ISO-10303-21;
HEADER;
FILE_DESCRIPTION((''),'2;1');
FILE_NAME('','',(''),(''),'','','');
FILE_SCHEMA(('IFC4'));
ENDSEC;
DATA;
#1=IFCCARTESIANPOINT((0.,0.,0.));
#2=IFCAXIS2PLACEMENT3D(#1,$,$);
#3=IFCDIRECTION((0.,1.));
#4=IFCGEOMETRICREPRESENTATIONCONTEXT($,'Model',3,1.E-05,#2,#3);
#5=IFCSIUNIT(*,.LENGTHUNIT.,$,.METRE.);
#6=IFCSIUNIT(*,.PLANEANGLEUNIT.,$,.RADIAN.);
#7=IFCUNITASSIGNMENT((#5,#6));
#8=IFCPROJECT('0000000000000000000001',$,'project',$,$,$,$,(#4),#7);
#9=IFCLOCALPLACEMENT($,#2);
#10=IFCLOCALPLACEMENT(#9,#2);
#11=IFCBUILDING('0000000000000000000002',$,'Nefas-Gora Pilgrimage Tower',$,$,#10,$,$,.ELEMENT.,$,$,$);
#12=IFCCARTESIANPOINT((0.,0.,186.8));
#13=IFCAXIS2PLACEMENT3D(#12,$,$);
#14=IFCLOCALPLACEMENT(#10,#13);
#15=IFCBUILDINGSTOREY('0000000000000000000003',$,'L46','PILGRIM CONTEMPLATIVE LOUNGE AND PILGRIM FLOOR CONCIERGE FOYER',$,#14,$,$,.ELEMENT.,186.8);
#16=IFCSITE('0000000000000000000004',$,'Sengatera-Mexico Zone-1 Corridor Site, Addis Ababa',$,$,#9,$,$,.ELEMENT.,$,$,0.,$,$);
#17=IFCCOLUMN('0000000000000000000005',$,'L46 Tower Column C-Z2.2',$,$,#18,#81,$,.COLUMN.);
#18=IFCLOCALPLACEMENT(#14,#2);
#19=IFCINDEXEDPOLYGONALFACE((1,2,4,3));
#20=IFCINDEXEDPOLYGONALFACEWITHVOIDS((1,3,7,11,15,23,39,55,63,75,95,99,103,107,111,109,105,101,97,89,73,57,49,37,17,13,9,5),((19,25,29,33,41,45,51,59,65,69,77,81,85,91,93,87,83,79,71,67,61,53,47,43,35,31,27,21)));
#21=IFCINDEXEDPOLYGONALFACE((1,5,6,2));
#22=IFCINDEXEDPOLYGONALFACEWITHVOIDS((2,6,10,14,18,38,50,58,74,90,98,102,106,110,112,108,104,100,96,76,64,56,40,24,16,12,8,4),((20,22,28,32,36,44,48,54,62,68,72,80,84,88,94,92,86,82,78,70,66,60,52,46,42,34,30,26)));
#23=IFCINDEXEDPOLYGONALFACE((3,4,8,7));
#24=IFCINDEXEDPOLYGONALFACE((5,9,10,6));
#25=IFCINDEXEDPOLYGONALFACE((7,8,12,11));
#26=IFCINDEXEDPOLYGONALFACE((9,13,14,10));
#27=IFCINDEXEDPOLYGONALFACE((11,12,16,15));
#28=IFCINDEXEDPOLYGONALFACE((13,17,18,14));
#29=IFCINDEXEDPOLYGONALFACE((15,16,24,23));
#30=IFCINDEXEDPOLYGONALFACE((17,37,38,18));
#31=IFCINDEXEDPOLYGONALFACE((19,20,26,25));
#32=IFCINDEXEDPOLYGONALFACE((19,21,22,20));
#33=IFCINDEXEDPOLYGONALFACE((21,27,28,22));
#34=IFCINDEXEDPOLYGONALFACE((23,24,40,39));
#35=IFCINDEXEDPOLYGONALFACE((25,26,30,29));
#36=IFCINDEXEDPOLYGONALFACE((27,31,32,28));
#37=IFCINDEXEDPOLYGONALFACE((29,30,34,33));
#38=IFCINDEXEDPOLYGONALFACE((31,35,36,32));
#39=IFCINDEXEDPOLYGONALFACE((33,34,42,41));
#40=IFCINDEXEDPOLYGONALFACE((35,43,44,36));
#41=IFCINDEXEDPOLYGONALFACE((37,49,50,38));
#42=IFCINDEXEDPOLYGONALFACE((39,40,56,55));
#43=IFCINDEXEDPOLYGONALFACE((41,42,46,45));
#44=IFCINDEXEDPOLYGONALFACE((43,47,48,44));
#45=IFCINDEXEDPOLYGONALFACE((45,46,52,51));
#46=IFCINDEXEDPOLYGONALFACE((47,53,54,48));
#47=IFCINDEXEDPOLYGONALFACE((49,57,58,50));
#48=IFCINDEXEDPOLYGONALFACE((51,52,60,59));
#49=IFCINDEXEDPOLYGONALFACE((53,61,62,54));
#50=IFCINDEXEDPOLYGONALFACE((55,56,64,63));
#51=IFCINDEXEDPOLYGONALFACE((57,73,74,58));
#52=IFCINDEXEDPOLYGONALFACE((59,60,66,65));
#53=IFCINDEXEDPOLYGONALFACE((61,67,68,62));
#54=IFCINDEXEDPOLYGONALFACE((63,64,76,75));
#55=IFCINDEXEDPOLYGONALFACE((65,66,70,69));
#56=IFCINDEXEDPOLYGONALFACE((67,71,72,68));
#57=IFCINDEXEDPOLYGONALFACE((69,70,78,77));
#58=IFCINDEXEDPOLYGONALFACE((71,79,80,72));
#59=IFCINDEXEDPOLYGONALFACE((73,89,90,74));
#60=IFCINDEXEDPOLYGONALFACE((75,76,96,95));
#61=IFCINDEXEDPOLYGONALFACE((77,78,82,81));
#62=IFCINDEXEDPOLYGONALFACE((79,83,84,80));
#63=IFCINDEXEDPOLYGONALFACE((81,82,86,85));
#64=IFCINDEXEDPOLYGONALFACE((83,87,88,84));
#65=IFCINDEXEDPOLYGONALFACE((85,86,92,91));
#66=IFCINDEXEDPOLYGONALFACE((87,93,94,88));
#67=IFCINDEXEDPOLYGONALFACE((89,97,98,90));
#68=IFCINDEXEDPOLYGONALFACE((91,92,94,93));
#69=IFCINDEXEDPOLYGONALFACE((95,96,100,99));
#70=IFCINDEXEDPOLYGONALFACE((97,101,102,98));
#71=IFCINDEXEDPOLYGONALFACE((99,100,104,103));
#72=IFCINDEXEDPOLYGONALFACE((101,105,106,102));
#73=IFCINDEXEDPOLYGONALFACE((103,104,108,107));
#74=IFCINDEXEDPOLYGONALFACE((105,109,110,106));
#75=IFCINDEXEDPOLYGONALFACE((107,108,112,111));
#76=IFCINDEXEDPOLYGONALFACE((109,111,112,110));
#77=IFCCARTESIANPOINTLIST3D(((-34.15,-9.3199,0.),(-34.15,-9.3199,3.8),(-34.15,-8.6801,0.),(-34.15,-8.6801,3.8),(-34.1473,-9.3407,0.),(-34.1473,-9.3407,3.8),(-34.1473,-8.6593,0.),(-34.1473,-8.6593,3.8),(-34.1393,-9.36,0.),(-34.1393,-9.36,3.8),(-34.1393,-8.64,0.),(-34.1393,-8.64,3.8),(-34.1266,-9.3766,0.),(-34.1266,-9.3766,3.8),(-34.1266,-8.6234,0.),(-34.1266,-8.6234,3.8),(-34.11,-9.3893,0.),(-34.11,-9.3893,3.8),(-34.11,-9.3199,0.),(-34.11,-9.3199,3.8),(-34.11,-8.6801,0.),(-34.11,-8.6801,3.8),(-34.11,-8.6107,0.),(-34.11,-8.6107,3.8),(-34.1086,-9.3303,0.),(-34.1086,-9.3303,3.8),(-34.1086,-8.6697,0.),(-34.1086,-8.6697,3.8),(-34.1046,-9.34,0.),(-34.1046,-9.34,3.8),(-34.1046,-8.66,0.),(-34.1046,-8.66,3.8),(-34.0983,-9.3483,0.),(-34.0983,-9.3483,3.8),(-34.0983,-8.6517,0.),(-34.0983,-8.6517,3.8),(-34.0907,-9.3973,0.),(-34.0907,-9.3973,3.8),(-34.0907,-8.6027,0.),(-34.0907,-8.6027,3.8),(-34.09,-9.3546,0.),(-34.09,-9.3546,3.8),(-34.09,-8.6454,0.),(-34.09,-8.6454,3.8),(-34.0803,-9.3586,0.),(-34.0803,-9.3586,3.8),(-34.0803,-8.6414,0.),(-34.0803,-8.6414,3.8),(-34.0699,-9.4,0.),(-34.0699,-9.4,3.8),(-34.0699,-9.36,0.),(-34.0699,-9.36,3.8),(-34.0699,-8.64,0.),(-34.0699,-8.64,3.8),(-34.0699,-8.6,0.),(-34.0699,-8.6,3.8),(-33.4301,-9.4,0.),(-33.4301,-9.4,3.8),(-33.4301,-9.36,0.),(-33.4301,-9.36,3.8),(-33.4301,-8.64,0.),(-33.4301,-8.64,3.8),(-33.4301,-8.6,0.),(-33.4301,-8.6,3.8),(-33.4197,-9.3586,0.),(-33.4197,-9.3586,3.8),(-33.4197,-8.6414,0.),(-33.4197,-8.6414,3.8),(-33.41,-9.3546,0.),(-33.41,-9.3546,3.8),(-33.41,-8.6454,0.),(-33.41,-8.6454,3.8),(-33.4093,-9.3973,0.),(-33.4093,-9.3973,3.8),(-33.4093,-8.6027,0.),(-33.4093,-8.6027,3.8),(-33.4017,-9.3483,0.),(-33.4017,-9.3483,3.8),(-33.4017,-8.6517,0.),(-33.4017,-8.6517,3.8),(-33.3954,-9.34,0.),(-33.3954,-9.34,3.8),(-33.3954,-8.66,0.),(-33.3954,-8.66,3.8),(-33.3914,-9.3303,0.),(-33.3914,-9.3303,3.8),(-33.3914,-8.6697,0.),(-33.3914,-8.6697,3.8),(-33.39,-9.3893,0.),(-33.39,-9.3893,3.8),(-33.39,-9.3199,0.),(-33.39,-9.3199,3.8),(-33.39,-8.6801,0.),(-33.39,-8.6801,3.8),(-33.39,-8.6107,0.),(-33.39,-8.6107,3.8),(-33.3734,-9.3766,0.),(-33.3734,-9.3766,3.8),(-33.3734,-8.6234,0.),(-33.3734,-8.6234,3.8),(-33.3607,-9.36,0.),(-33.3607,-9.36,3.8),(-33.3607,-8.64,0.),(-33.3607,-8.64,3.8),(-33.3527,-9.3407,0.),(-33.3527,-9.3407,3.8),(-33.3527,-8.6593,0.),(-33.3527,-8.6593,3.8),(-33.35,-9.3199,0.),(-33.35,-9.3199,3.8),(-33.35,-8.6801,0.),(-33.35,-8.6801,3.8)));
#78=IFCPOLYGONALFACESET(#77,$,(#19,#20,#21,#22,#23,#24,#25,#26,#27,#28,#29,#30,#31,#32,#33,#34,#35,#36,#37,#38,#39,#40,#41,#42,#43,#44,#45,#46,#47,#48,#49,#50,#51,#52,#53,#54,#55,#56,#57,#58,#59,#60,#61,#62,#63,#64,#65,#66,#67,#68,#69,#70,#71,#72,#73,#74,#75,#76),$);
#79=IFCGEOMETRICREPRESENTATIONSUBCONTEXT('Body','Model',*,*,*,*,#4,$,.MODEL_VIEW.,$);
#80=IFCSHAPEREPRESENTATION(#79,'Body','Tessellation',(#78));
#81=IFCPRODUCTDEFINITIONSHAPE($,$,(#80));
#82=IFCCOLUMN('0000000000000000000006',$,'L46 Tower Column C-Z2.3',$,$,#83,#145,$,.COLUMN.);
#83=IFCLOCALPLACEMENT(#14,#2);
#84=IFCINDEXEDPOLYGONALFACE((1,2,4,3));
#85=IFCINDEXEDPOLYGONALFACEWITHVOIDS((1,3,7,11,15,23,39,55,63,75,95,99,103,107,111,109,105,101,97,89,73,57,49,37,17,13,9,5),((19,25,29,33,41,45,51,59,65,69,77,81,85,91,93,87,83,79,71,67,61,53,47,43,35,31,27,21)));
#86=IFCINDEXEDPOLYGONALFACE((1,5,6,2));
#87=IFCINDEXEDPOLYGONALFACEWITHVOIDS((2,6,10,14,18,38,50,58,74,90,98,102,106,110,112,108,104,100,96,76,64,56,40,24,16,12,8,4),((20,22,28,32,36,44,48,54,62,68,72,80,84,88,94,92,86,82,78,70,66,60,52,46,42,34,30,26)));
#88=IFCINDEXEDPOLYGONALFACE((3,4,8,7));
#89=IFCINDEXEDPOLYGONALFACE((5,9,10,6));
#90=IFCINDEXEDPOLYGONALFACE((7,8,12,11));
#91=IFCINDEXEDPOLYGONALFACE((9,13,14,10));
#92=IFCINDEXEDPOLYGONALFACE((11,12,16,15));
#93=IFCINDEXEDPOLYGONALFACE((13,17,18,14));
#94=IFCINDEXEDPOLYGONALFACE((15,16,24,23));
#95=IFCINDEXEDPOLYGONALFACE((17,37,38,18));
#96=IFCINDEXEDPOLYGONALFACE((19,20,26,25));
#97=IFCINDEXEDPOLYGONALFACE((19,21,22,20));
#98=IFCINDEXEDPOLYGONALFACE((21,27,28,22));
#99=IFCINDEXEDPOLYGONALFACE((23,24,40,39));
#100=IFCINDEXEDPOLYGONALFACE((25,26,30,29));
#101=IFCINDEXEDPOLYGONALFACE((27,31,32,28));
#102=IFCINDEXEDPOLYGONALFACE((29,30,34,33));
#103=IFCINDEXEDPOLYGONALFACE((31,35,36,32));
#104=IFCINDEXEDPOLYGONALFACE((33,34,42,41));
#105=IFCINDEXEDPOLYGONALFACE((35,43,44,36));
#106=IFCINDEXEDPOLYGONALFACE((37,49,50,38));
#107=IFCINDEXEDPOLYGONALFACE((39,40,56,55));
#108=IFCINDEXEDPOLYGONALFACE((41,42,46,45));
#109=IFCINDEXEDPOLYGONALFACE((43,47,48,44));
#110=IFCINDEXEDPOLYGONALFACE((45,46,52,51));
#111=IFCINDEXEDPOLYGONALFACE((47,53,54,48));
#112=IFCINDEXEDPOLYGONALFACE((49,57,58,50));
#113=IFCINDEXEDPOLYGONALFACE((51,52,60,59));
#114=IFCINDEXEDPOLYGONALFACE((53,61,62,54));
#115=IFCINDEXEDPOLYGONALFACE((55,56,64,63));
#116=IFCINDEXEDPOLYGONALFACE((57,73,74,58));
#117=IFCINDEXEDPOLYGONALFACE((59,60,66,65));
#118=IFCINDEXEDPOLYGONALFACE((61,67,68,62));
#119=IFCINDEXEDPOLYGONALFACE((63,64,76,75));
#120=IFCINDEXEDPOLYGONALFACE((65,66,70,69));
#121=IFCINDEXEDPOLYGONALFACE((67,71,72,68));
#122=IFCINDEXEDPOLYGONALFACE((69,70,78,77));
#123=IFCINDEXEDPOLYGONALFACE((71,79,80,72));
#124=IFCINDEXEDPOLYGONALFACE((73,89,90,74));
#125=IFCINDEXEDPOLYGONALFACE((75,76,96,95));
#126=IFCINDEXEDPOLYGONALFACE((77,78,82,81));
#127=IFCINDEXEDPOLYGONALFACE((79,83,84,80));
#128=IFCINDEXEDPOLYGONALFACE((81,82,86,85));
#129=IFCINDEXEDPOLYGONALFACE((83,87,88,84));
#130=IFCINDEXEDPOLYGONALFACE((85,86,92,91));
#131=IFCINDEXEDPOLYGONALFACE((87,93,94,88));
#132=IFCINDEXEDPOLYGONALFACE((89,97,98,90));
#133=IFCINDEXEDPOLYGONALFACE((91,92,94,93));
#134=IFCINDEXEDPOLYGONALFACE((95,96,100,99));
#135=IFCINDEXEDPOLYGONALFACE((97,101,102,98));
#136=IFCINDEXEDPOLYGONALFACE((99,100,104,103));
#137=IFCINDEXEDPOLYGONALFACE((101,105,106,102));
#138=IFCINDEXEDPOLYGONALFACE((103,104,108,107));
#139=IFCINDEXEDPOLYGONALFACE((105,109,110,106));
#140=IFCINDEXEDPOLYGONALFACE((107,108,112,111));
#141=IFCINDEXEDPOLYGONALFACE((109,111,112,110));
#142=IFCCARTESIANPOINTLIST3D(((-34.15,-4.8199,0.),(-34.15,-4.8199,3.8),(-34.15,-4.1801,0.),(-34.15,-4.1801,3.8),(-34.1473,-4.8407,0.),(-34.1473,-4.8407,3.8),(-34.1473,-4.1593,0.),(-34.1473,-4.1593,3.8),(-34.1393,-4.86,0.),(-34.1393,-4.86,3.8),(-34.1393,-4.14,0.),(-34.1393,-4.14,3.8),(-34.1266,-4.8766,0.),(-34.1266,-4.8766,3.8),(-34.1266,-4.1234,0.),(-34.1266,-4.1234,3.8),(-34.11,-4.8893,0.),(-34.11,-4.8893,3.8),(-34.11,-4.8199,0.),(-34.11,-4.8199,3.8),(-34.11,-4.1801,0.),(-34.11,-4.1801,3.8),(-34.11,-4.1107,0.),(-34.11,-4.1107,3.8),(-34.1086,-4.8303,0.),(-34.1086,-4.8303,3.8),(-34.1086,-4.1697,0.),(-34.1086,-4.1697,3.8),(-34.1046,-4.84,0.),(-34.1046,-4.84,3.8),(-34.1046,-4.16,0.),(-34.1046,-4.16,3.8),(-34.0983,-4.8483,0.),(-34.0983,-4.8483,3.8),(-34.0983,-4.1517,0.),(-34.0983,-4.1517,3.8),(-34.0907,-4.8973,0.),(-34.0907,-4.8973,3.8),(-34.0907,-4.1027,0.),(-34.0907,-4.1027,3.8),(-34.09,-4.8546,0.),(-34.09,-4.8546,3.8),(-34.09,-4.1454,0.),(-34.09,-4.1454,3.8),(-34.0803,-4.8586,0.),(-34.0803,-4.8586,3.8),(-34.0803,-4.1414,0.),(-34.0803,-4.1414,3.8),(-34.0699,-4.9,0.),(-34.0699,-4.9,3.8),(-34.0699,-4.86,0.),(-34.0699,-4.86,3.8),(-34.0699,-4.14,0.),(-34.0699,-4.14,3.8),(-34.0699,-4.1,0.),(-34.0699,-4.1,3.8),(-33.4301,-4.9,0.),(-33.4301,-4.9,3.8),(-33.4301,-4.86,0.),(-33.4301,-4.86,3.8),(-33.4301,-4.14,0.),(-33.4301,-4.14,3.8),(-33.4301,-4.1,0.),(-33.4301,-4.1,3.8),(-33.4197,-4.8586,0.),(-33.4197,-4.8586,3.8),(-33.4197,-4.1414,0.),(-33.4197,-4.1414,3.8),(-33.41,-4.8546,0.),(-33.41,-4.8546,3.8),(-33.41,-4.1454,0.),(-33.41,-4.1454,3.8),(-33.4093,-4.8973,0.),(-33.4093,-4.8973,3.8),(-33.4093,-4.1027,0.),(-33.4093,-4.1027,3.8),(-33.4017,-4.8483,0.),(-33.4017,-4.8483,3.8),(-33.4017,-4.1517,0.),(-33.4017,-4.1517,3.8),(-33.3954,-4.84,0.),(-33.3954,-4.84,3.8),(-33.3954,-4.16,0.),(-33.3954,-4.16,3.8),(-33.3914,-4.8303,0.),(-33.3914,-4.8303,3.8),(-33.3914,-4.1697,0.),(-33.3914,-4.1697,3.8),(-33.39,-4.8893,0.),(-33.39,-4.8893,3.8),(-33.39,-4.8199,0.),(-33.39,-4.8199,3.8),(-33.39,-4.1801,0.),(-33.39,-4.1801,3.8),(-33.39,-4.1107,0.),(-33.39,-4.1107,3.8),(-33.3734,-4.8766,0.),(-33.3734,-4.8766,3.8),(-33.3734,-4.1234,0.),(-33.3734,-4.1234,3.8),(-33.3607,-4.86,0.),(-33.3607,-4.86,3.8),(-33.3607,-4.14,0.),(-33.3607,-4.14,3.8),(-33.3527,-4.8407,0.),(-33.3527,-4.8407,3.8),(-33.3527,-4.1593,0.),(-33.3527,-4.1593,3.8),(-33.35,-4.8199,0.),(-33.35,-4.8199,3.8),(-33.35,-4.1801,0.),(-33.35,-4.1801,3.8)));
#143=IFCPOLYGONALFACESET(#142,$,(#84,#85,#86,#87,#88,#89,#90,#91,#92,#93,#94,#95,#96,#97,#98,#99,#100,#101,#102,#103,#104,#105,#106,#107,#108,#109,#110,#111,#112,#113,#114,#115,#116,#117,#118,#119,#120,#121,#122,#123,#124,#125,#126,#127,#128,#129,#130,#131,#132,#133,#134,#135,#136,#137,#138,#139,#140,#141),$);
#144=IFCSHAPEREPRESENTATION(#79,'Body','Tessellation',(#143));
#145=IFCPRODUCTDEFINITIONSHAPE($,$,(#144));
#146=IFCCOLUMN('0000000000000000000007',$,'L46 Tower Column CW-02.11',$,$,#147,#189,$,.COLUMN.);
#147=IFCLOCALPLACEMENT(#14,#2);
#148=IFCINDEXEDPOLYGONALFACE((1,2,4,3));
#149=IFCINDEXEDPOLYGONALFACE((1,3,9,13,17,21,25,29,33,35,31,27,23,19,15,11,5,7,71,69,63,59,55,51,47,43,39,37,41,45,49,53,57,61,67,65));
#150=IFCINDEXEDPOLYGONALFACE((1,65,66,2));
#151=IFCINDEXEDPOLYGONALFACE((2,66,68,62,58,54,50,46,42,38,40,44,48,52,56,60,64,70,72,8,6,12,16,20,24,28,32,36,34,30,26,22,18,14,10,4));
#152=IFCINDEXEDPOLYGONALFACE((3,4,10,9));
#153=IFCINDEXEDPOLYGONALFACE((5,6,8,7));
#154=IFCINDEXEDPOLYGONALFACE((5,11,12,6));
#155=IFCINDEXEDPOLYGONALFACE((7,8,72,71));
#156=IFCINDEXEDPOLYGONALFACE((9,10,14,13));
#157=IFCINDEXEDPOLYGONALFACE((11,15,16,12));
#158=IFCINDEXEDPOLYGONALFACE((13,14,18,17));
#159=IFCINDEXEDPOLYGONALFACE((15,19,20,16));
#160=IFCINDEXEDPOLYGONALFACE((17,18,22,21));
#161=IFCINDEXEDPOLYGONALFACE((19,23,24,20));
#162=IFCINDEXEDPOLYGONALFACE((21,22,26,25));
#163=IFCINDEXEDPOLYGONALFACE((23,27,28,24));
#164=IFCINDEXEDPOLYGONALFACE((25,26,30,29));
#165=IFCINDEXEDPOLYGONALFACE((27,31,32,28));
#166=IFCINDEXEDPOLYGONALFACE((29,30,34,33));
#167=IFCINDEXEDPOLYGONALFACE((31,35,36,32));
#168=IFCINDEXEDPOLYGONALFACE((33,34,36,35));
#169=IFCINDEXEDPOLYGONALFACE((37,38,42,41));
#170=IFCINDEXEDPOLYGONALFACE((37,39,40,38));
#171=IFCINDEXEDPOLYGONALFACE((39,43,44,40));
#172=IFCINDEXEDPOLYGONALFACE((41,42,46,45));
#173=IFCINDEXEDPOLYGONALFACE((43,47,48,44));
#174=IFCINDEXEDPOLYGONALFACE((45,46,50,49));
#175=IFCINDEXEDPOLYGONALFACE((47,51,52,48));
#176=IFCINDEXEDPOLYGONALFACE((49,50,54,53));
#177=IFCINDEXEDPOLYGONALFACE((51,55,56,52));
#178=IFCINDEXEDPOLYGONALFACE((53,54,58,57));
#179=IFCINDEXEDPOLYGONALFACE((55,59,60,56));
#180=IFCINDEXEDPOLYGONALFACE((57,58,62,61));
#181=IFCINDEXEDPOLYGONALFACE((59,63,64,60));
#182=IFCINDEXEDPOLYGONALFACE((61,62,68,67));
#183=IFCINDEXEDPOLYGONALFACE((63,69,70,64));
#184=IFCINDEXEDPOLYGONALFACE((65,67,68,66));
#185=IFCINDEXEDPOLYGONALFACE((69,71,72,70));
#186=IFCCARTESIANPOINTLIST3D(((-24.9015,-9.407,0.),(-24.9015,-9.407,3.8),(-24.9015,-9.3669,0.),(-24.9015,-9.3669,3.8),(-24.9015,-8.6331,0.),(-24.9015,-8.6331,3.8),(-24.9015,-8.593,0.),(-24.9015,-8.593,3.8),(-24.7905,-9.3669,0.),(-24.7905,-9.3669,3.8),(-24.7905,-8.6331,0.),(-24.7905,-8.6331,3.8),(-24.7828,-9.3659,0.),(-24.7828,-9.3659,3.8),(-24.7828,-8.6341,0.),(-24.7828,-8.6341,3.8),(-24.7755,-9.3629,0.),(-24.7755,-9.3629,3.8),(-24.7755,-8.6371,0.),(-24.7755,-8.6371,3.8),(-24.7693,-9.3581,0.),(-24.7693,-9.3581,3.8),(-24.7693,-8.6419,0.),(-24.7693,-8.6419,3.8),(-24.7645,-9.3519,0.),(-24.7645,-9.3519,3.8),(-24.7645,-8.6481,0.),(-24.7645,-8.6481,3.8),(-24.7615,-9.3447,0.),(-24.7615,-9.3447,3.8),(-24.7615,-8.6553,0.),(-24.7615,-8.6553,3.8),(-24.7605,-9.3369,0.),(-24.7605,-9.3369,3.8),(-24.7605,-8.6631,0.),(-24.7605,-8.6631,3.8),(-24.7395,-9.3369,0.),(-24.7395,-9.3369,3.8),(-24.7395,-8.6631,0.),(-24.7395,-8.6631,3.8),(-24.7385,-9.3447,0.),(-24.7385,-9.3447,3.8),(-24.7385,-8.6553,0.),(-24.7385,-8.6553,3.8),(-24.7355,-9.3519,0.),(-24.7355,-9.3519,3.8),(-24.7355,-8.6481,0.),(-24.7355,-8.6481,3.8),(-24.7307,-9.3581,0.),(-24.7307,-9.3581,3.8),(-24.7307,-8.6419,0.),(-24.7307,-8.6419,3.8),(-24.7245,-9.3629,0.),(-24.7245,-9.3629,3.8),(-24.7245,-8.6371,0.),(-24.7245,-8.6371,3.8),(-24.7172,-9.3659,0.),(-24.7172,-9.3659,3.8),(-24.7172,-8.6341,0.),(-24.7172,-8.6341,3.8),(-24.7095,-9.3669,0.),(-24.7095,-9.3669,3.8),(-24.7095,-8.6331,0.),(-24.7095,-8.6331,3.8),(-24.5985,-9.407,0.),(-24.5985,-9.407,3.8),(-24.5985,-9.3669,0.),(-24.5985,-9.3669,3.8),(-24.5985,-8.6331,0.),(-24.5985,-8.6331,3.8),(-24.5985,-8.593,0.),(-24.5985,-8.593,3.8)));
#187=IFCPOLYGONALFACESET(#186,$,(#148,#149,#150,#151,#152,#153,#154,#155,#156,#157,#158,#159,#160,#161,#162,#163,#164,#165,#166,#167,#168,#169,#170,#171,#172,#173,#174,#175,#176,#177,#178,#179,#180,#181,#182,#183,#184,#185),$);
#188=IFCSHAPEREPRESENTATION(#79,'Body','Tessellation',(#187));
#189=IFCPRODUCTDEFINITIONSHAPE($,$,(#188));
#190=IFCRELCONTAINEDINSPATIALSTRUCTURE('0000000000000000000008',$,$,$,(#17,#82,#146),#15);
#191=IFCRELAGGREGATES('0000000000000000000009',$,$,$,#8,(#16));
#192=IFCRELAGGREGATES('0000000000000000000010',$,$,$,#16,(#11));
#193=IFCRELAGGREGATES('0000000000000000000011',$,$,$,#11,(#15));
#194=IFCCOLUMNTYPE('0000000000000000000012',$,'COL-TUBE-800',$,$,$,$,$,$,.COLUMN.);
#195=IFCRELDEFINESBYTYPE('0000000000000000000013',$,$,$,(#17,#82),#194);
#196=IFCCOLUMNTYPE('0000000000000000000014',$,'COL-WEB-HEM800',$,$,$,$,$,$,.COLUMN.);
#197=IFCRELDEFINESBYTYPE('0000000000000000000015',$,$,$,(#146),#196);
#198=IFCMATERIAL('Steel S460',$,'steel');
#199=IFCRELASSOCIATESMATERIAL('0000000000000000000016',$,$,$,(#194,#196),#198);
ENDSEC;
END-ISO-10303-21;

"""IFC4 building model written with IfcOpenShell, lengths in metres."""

from ifc_helpers import new_model, si_unit, direction, frame, origin, origin_2d, place, context, subcontext, project, spatial, hollow_rectangle, i_section, extrude, source, transform, mapped, material, material_profile, profile_set, type_object, element, save


model = new_model("IFC4")

# Units and contexts
model_context = context("Model", 3, precision=1e-05, world=origin(), true_north=direction((0.0, 1.0)))
body_context = subcontext(model_context, "Body", "Model", "MODEL_VIEW")
ifc_project = project(units=[si_unit("LENGTHUNIT", "METRE"), si_unit("PLANEANGLEUNIT", "RADIAN")], contexts=[model_context])

# Site, building, storey
site_placement = place(None, origin())
site = spatial("IfcSite", under=ifc_project, at=site_placement, Name="Sengatera-Mexico Zone-1 Corridor Site, Addis Ababa", CompositionType="ELEMENT", RefElevation=0.0)
building_placement = place(site_placement, origin())
building = spatial("IfcBuilding", under=site, at=building_placement, Name="Nefas-Gora Pilgrimage Tower", CompositionType="ELEMENT")
storey_placement = place(building_placement, frame((0.0, 0.0, 186.8)))
storey = spatial("IfcBuildingStorey", under=building, at=storey_placement, Name="L46", Description="PILGRIM CONTEMPLATIVE LOUNGE AND PILGRIM FLOOR CONCIERGE FOYER", CompositionType="ELEMENT", Elevation=186.8)

# Columns
ifc_material_1 = material(Name="Steel S460", Category="steel")
ifc_material_profile_1 = material_profile(ifc_material_1, hollow_rectangle(XDim=0.8, YDim=0.8, WallThickness=0.04, InnerFilletRadius=0.04, OuterFilletRadius=0.0801, at=origin_2d()), Name="BOX 800x800x40")
ifc_profile_set_1 = profile_set([ifc_material_profile_1], Name="Steel S460")
column_type_1 = type_object("IfcColumnType", Name="COL-TUBE-800", PredefinedType="COLUMN", material=ifc_profile_set_1)
shared_shape_1 = source(origin(), body_context, "Body", "SweptSolid", [
    extrude(hollow_rectangle(XDim=0.8, YDim=0.8, WallThickness=0.04, InnerFilletRadius=0.04, OuterFilletRadius=0.0801, at=origin_2d()), origin(), (0.0, 0.0, 1.0), 3.8),
])
for number, where, z_axis, x_axis, name in (
    (1, (-33.75, -9.0, 0.0), (0.0, 0.0, 1.0), (1.0, 0.0, 0.0), "L46 Tower Column C-Z2.2"),
    (2, (-33.75, -4.5, 0.0), (0.0, 0.0, 1.0), (1.0, 0.0, 0.0), "L46 Tower Column C-Z2.3"),
):
    element("IfcColumn", number, at=place(storey_placement, frame(where, z_axis=z_axis, x_axis=x_axis)), inside=storey, type_object=column_type_1, Name=name, PredefinedType="COLUMN", context=body_context, shape_type="MappedRepresentation", body=[
        mapped(shared_shape_1, transform((0.0, 0.0, 0.0), x_axis=(1.0, 0.0, 0.0), y_axis=(0.0, 1.0, 0.0), z_axis=(0.0, 0.0, 1.0), scale=1.0)),
    ])
ifc_material_profile_2 = material_profile(ifc_material_1, i_section(OverallWidth=0.303, OverallDepth=0.814, WebThickness=0.021, FlangeThickness=0.04, FilletRadius=0.03, at=origin_2d()), Name="HEM 800")
ifc_profile_set_2 = profile_set([ifc_material_profile_2], Name="Steel S460")
column_type_2 = type_object("IfcColumnType", Name="COL-WEB-HEM800", PredefinedType="COLUMN", material=ifc_profile_set_2)
shared_shape_2 = source(origin(), body_context, "Body", "SweptSolid", [
    extrude(i_section(OverallWidth=0.303, OverallDepth=0.814, WebThickness=0.021, FlangeThickness=0.04, FilletRadius=0.03, at=origin_2d()), origin(), (0.0, 0.0, 1.0), 3.8),
])
for number, where, z_axis, x_axis, name in (
    (3, (-24.75, -9.0, 0.0), (0.0, 0.0, 1.0), (1.0, 0.0, 0.0), "L46 Tower Column CW-02.11"),
):
    element("IfcColumn", number, at=place(storey_placement, frame(where, z_axis=z_axis, x_axis=x_axis)), inside=storey, type_object=column_type_2, Name=name, PredefinedType="COLUMN", context=body_context, shape_type="MappedRepresentation", body=[
        mapped(shared_shape_2, transform((0.0, 0.0, 0.0), x_axis=(1.0, 0.0, 0.0), y_axis=(0.0, 1.0, 0.0), z_axis=(0.0, 0.0, 1.0), scale=1.0)),
    ])

save(model, "model.ifc")
